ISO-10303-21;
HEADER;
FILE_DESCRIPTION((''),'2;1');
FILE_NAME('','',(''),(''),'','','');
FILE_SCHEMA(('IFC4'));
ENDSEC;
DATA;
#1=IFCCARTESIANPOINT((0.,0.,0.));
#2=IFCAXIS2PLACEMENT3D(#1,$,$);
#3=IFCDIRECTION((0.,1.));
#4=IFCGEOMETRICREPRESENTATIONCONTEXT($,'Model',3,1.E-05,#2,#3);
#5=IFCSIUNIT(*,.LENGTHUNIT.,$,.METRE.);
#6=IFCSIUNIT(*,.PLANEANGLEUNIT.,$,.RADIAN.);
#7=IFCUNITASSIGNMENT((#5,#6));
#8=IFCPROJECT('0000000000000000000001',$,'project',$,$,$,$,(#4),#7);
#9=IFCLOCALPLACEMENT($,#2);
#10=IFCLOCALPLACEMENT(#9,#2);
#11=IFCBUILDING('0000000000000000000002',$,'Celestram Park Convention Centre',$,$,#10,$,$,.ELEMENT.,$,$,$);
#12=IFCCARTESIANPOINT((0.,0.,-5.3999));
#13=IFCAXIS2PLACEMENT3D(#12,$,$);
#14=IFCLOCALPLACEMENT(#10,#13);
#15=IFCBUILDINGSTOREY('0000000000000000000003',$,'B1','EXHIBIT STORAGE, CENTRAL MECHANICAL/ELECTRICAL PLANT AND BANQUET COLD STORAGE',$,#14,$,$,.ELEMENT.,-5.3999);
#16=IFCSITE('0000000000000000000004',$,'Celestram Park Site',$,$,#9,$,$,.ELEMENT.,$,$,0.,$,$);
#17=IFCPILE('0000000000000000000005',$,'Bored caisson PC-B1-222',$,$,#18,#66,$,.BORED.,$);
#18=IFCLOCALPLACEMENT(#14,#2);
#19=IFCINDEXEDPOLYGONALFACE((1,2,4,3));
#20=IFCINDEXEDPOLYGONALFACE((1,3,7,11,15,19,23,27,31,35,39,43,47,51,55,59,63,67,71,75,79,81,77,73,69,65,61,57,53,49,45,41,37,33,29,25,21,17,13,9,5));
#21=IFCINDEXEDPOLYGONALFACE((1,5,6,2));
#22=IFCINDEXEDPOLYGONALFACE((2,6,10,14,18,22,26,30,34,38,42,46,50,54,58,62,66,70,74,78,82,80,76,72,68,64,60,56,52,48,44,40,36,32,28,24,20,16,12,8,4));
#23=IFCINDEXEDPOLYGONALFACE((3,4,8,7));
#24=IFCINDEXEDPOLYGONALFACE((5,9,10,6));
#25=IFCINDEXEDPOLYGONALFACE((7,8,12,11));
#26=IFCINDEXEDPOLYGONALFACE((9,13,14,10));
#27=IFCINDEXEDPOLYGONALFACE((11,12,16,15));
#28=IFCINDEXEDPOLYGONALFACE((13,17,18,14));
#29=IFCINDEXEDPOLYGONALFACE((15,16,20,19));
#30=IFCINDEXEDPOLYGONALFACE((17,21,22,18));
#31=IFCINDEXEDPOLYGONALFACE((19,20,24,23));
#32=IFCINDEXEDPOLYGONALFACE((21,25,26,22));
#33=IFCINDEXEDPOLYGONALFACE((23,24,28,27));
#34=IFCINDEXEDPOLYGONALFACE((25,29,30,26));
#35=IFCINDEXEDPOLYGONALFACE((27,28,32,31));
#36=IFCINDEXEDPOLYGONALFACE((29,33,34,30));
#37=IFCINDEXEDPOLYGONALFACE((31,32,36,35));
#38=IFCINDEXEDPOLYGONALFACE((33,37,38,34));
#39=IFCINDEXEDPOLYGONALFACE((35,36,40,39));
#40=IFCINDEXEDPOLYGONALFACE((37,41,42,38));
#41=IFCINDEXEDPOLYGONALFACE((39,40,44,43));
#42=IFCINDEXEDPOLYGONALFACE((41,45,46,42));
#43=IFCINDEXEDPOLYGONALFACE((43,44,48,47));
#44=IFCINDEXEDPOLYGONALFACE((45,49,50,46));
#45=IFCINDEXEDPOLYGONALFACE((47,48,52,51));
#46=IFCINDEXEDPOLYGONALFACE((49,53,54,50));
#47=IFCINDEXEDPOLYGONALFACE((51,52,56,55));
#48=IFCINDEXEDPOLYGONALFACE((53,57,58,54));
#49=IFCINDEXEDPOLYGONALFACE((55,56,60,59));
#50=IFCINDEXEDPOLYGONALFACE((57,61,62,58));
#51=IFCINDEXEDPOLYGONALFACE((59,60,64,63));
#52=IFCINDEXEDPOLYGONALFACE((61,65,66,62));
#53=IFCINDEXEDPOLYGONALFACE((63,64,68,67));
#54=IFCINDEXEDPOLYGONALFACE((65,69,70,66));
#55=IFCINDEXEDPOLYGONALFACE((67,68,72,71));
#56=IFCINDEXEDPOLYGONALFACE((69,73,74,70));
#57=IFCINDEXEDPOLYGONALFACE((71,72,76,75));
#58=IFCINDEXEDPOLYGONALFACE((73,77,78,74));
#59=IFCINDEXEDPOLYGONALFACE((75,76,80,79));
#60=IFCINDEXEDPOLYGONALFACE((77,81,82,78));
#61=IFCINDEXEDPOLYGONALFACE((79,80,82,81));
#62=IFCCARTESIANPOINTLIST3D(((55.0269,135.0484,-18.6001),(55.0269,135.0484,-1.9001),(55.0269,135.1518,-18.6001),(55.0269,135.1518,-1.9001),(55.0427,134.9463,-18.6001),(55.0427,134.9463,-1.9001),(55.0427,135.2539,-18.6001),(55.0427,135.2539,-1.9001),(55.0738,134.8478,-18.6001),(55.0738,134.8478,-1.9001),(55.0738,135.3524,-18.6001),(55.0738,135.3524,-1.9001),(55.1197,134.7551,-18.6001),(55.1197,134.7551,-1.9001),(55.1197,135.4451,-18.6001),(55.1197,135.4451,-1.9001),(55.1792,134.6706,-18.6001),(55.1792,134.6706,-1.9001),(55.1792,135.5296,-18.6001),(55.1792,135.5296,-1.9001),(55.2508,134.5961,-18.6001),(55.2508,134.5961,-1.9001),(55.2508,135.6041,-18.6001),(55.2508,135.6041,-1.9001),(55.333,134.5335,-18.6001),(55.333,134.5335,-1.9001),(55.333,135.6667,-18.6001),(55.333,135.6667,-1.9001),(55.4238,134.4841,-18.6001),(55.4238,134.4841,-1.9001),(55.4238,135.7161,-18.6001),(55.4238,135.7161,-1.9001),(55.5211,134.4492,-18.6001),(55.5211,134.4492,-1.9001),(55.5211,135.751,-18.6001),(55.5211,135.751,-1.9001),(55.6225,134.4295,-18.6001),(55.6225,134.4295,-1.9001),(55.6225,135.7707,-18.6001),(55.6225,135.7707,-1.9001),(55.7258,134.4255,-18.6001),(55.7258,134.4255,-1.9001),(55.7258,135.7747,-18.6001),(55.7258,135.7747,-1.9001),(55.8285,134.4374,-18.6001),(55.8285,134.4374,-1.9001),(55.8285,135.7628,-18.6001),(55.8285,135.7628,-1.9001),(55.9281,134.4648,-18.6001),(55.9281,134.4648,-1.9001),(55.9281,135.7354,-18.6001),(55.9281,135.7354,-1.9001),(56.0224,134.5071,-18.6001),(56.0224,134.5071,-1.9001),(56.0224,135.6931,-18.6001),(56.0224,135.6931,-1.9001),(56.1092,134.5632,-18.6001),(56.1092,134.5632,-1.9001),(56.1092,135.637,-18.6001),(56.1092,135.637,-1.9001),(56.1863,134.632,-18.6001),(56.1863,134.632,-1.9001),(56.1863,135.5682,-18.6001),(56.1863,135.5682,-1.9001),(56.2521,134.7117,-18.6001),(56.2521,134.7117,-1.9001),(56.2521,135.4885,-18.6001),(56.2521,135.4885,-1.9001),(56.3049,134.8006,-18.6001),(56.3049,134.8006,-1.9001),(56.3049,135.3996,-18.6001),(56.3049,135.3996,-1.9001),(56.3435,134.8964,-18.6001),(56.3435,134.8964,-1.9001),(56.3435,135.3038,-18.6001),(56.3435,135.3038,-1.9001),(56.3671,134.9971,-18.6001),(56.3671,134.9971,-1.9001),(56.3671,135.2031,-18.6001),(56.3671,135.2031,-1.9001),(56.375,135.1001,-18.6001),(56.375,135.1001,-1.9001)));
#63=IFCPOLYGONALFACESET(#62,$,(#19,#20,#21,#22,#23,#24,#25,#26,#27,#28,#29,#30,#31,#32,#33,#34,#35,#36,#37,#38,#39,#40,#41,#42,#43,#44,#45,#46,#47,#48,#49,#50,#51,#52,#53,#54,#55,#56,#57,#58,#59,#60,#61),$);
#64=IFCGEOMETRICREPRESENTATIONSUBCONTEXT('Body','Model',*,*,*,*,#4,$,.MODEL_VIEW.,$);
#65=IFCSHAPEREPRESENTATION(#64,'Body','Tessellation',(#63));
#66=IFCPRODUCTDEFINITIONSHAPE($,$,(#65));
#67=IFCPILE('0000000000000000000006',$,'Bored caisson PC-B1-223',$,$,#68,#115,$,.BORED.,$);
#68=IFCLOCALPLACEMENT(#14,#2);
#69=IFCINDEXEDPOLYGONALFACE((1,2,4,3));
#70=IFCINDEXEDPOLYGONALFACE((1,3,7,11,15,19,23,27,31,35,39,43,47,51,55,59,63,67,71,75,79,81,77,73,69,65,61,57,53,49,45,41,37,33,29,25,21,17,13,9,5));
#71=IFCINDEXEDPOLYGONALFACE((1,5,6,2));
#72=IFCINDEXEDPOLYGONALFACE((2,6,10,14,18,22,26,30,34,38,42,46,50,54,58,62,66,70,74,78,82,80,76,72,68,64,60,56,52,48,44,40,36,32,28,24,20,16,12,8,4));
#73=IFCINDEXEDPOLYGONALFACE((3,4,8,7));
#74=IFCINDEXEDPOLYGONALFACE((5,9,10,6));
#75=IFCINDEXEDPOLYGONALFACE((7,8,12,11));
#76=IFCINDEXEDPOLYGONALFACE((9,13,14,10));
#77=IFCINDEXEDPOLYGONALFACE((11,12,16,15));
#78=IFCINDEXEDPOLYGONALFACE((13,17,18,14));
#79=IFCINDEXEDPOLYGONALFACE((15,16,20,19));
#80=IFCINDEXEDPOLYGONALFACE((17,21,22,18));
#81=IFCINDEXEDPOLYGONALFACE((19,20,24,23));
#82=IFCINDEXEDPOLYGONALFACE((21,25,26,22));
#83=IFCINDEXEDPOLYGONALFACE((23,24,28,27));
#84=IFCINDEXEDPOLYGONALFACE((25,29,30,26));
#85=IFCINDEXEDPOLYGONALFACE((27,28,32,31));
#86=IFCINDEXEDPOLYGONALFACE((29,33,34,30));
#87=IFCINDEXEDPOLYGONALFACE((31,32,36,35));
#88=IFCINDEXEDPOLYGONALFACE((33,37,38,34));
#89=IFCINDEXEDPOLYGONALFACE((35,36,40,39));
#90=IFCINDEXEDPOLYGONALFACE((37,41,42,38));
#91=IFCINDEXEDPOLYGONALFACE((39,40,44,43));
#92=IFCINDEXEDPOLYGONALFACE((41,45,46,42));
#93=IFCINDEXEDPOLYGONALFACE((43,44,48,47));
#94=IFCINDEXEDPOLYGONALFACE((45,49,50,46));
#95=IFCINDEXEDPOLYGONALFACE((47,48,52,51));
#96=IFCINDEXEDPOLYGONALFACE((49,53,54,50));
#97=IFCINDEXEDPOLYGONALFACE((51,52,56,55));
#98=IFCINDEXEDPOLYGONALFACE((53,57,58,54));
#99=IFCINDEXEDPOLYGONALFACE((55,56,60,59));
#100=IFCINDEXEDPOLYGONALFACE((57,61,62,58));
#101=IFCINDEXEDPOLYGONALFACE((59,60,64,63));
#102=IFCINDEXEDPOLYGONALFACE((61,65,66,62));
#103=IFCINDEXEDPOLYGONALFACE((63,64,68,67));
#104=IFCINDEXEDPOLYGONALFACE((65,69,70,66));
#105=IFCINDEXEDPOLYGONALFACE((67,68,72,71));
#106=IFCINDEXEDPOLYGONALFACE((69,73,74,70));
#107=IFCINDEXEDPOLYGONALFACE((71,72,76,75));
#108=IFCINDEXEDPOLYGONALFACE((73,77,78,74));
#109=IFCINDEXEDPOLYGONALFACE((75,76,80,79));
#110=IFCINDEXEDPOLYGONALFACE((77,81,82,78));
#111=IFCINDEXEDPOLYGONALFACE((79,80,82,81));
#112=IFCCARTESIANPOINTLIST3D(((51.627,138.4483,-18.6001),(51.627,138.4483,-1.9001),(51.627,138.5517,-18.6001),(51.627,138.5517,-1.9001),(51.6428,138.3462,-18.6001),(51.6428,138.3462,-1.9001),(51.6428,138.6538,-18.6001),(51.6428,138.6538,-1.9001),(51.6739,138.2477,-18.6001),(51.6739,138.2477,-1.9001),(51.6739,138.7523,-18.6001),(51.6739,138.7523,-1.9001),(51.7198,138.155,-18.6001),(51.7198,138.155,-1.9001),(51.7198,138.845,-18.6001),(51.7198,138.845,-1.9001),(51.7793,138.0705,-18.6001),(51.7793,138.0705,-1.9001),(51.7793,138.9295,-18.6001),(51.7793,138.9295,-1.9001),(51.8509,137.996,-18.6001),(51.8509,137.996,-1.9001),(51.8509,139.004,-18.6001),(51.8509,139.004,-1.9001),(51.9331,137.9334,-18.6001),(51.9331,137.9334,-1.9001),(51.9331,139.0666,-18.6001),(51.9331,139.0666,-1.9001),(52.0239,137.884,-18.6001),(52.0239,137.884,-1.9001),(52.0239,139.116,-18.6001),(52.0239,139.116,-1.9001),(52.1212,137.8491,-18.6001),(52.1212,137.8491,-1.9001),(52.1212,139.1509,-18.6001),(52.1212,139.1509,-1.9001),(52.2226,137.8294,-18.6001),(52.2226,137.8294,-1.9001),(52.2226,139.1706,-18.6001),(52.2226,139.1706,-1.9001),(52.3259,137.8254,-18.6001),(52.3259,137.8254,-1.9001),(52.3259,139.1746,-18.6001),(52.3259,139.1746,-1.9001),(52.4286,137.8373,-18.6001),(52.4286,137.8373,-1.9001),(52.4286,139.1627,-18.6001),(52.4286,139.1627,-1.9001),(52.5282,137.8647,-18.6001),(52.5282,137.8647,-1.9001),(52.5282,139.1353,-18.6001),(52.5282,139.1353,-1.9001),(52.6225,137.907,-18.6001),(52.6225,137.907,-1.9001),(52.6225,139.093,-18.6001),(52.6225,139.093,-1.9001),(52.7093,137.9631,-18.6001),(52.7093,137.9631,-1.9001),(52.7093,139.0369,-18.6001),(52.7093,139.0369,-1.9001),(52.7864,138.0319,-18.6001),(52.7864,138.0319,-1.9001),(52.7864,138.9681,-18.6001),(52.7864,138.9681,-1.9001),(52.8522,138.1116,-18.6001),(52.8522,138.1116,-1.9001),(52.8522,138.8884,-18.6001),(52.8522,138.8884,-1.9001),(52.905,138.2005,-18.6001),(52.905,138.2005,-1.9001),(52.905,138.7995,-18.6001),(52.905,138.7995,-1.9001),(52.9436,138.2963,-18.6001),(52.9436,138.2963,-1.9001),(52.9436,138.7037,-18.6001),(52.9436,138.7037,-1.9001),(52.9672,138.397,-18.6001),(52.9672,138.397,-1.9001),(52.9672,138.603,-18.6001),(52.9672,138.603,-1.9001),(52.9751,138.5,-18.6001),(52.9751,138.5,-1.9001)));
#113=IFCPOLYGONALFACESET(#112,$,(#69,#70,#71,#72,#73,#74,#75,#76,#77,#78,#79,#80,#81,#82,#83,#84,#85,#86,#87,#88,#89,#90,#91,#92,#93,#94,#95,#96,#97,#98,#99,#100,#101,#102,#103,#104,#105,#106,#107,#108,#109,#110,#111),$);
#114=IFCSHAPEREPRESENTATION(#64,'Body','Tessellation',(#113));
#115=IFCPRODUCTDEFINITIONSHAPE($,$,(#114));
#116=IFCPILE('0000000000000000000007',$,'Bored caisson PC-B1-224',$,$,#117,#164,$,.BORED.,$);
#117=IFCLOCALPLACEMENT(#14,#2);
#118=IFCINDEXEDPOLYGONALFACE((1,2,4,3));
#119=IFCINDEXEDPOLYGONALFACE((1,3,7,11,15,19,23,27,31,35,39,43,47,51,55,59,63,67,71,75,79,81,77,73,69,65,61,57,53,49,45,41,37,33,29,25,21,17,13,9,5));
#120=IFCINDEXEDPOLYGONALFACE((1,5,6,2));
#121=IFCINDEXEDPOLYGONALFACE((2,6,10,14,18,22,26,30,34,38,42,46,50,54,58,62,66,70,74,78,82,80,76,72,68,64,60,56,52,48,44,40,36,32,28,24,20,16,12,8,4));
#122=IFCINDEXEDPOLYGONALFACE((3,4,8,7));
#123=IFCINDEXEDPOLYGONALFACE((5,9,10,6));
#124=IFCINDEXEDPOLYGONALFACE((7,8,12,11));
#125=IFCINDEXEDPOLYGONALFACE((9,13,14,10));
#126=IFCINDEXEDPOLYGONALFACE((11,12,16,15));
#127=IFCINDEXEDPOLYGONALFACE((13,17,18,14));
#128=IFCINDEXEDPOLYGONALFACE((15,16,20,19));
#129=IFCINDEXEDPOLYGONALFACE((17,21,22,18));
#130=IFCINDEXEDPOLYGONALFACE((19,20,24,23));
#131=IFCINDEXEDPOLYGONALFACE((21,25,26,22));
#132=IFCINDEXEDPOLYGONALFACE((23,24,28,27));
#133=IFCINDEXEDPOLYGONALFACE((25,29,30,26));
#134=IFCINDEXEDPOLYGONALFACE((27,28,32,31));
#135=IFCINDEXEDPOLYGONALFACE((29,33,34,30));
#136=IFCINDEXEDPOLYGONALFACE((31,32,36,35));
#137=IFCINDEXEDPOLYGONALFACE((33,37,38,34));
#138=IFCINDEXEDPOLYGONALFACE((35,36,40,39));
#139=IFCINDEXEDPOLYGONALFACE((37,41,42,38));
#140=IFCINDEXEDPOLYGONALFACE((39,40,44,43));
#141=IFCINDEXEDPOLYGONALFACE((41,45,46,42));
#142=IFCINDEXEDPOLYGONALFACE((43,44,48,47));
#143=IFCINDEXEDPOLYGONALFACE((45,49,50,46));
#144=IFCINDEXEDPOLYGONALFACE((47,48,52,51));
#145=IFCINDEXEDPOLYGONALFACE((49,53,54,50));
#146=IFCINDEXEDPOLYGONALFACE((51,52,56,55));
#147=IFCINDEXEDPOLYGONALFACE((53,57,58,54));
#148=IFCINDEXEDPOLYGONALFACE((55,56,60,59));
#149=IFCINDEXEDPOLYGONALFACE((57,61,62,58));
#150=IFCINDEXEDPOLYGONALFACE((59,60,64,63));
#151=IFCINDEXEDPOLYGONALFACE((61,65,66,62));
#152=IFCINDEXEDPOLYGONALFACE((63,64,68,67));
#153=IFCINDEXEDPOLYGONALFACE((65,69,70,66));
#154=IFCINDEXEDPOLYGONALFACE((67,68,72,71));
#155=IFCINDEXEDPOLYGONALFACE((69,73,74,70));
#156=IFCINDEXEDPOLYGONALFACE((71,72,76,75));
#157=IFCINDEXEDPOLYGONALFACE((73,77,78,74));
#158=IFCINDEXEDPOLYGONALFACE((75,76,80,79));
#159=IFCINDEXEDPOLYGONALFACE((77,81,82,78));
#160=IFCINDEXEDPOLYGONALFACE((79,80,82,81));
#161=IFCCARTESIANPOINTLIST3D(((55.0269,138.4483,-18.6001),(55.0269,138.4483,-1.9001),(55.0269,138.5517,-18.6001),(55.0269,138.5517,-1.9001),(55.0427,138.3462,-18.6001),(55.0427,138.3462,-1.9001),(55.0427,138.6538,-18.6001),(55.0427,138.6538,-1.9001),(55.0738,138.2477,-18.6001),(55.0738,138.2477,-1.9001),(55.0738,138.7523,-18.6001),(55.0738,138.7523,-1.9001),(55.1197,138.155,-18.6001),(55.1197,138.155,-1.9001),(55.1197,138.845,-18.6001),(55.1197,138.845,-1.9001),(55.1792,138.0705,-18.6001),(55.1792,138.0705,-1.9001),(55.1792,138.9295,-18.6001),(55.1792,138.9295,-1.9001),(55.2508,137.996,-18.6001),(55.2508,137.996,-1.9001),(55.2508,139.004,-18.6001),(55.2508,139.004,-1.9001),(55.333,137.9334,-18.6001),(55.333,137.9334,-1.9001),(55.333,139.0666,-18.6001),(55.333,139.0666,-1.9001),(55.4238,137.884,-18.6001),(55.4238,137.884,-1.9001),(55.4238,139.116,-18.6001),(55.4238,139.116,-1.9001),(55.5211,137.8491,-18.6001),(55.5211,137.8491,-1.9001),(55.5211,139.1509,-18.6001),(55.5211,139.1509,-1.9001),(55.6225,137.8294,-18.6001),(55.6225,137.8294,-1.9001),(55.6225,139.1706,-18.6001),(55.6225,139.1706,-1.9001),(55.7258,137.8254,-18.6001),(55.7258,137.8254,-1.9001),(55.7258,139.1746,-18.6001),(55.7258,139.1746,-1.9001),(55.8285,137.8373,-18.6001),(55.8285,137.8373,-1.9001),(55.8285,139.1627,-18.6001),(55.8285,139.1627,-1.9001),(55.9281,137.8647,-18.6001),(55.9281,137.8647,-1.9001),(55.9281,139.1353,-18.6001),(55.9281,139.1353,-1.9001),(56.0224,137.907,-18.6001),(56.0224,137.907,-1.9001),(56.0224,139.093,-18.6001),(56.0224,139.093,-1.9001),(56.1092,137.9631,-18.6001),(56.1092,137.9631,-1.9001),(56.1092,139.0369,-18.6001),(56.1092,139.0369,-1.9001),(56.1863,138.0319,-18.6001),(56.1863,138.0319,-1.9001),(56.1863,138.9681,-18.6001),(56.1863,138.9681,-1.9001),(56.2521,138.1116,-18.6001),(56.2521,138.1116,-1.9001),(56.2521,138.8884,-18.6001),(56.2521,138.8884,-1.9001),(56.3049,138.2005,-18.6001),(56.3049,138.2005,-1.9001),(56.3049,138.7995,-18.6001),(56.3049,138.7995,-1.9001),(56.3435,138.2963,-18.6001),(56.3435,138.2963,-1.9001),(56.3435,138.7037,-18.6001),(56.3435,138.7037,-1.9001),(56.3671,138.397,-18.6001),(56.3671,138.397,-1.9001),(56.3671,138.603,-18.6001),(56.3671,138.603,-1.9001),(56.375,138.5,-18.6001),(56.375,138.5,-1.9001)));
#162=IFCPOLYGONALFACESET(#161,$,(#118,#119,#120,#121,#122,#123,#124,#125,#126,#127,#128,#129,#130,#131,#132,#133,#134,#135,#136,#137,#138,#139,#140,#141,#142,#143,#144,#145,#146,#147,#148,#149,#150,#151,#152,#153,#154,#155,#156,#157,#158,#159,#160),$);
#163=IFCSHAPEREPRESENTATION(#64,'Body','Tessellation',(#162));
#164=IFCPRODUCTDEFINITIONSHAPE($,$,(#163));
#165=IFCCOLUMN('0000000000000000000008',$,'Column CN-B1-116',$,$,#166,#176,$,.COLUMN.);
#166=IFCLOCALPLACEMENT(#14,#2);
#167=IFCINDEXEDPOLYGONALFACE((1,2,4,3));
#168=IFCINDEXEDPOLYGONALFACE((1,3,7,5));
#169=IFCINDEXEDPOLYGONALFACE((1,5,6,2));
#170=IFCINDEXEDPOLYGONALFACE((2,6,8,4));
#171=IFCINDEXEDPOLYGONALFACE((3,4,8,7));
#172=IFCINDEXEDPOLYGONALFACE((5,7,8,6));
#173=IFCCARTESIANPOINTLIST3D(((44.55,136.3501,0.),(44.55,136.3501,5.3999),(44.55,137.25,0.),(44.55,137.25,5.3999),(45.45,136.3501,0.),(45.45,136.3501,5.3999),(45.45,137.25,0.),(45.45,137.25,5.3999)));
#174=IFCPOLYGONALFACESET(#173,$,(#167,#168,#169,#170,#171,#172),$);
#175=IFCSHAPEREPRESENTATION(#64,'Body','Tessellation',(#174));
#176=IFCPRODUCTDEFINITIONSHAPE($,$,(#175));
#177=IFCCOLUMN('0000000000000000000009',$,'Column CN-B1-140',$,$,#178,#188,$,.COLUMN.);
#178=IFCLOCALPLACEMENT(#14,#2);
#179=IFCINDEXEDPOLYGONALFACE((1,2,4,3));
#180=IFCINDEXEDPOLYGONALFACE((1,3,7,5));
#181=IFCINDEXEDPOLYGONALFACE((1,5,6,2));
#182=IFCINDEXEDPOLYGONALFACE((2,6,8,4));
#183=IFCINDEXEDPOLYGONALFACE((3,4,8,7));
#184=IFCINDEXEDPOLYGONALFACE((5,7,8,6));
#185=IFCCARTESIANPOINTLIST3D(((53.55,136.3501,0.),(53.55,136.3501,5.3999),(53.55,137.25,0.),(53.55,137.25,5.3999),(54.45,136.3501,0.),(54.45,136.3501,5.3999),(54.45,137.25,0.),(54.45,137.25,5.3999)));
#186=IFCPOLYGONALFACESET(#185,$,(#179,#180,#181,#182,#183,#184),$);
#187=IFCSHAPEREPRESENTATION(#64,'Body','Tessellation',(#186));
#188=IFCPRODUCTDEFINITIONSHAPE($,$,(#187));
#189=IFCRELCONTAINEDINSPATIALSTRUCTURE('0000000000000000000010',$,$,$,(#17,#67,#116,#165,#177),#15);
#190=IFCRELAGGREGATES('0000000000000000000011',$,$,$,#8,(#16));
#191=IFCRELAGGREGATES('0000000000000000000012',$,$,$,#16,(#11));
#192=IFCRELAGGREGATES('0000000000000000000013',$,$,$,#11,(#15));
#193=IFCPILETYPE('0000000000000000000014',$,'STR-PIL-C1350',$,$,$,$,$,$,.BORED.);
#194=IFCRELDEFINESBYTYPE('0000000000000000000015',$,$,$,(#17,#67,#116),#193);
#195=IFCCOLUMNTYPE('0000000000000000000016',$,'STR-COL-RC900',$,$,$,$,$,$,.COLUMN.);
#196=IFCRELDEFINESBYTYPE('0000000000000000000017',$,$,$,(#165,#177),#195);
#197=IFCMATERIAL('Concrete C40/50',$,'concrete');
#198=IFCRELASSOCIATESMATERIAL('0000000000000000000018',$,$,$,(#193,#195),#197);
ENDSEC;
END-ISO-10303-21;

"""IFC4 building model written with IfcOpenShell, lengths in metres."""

from ifc_helpers import new_model, si_unit, direction, frame, origin, origin_2d, place, context, subcontext, project, spatial, rectangle, circle, extrude, material, material_profile, profile_set, type_object, element, save


model = new_model("IFC4")

# Units and contexts
model_context = context("Model", 3, precision=1e-05, world=origin(), true_north=direction((0.0, 1.0)))
body_context = subcontext(model_context, "Body", "Model", "MODEL_VIEW")
ifc_project = project(units=[si_unit("LENGTHUNIT", "METRE"), si_unit("PLANEANGLEUNIT", "RADIAN")], contexts=[model_context])

# Site, building, storey
site_placement = place(None, origin())
site = spatial("IfcSite", under=ifc_project, at=site_placement, Name="Celestram Park Site", CompositionType="ELEMENT", RefElevation=0.0)
building_placement = place(site_placement, origin())
building = spatial("IfcBuilding", under=site, at=building_placement, Name="Celestram Park Convention Centre", CompositionType="ELEMENT")
storey_placement = place(building_placement, frame((0.0, 0.0, -5.3999)))
storey = spatial("IfcBuildingStorey", under=building, at=storey_placement, Name="B1", Description="EXHIBIT STORAGE, CENTRAL MECHANICAL/ELECTRICAL PLANT AND BANQUET COLD STORAGE", CompositionType="ELEMENT", Elevation=-5.3999)

# Shared definitions
ifc_material_1 = material(Name="Concrete C40/50", Category="concrete")

# Piles
ifc_material_profile_1 = material_profile(ifc_material_1, circle(Radius=0.675, at=origin_2d()), Name="CAISSON1350")
ifc_profile_set_1 = profile_set([ifc_material_profile_1], Name="Concrete C40/50")
pile_type = type_object("IfcPileType", Name="STR-PIL-C1350", PredefinedType="BORED", material=ifc_profile_set_1)
for number, where, z_axis, x_axis, name in (
    (1, (55.7, 135.1001, -1.9001), (0.0, 0.0, -1.0), (1.0, 0.0, 0.0), "Bored caisson PC-B1-222"),
    (2, (52.3, 138.5, -1.9001), (0.0, 0.0, -1.0), (1.0, 0.0, 0.0), "Bored caisson PC-B1-223"),
    (3, (55.7, 138.5, -1.9001), (0.0, 0.0, -1.0), (1.0, 0.0, 0.0), "Bored caisson PC-B1-224"),
):
    element("IfcPile", number, at=place(storey_placement, frame(where, z_axis=z_axis, x_axis=x_axis)), inside=storey, type_object=pile_type, Name=name, PredefinedType="BORED", context=body_context, shape_type="SweptSolid", body=[
        extrude(circle(Radius=0.675, at=origin_2d()), origin(), (0.0, 0.0, 1.0), 16.7),
    ])

# Columns
ifc_material_profile_2 = material_profile(ifc_material_1, rectangle(XDim=0.8999, YDim=0.8999, at=origin_2d()), Name="RC900X900")
ifc_profile_set_2 = profile_set([ifc_material_profile_2], Name="Concrete C40/50")
column_type = type_object("IfcColumnType", Name="STR-COL-RC900", PredefinedType="COLUMN", material=ifc_profile_set_2)
for number, where, z_axis, x_axis, name in (
    (4, (45.0, 136.8, 0.0), (0.0, 0.0, 1.0), (1.0, 0.0, 0.0), "Column CN-B1-116"),
    (5, (54.0, 136.8, 0.0), (0.0, 0.0, 1.0), (1.0, 0.0, 0.0), "Column CN-B1-140"),
):
    element("IfcColumn", number, at=place(storey_placement, frame(where, z_axis=z_axis, x_axis=x_axis)), inside=storey, type_object=column_type, Name=name, PredefinedType="COLUMN", context=body_context, shape_type="SweptSolid", body=[
        extrude(rectangle(XDim=0.8999, YDim=0.8999, at=origin_2d()), origin(), (0.0, 0.0, 1.0), 5.3999),
    ])

save(model, "model.ifc")
